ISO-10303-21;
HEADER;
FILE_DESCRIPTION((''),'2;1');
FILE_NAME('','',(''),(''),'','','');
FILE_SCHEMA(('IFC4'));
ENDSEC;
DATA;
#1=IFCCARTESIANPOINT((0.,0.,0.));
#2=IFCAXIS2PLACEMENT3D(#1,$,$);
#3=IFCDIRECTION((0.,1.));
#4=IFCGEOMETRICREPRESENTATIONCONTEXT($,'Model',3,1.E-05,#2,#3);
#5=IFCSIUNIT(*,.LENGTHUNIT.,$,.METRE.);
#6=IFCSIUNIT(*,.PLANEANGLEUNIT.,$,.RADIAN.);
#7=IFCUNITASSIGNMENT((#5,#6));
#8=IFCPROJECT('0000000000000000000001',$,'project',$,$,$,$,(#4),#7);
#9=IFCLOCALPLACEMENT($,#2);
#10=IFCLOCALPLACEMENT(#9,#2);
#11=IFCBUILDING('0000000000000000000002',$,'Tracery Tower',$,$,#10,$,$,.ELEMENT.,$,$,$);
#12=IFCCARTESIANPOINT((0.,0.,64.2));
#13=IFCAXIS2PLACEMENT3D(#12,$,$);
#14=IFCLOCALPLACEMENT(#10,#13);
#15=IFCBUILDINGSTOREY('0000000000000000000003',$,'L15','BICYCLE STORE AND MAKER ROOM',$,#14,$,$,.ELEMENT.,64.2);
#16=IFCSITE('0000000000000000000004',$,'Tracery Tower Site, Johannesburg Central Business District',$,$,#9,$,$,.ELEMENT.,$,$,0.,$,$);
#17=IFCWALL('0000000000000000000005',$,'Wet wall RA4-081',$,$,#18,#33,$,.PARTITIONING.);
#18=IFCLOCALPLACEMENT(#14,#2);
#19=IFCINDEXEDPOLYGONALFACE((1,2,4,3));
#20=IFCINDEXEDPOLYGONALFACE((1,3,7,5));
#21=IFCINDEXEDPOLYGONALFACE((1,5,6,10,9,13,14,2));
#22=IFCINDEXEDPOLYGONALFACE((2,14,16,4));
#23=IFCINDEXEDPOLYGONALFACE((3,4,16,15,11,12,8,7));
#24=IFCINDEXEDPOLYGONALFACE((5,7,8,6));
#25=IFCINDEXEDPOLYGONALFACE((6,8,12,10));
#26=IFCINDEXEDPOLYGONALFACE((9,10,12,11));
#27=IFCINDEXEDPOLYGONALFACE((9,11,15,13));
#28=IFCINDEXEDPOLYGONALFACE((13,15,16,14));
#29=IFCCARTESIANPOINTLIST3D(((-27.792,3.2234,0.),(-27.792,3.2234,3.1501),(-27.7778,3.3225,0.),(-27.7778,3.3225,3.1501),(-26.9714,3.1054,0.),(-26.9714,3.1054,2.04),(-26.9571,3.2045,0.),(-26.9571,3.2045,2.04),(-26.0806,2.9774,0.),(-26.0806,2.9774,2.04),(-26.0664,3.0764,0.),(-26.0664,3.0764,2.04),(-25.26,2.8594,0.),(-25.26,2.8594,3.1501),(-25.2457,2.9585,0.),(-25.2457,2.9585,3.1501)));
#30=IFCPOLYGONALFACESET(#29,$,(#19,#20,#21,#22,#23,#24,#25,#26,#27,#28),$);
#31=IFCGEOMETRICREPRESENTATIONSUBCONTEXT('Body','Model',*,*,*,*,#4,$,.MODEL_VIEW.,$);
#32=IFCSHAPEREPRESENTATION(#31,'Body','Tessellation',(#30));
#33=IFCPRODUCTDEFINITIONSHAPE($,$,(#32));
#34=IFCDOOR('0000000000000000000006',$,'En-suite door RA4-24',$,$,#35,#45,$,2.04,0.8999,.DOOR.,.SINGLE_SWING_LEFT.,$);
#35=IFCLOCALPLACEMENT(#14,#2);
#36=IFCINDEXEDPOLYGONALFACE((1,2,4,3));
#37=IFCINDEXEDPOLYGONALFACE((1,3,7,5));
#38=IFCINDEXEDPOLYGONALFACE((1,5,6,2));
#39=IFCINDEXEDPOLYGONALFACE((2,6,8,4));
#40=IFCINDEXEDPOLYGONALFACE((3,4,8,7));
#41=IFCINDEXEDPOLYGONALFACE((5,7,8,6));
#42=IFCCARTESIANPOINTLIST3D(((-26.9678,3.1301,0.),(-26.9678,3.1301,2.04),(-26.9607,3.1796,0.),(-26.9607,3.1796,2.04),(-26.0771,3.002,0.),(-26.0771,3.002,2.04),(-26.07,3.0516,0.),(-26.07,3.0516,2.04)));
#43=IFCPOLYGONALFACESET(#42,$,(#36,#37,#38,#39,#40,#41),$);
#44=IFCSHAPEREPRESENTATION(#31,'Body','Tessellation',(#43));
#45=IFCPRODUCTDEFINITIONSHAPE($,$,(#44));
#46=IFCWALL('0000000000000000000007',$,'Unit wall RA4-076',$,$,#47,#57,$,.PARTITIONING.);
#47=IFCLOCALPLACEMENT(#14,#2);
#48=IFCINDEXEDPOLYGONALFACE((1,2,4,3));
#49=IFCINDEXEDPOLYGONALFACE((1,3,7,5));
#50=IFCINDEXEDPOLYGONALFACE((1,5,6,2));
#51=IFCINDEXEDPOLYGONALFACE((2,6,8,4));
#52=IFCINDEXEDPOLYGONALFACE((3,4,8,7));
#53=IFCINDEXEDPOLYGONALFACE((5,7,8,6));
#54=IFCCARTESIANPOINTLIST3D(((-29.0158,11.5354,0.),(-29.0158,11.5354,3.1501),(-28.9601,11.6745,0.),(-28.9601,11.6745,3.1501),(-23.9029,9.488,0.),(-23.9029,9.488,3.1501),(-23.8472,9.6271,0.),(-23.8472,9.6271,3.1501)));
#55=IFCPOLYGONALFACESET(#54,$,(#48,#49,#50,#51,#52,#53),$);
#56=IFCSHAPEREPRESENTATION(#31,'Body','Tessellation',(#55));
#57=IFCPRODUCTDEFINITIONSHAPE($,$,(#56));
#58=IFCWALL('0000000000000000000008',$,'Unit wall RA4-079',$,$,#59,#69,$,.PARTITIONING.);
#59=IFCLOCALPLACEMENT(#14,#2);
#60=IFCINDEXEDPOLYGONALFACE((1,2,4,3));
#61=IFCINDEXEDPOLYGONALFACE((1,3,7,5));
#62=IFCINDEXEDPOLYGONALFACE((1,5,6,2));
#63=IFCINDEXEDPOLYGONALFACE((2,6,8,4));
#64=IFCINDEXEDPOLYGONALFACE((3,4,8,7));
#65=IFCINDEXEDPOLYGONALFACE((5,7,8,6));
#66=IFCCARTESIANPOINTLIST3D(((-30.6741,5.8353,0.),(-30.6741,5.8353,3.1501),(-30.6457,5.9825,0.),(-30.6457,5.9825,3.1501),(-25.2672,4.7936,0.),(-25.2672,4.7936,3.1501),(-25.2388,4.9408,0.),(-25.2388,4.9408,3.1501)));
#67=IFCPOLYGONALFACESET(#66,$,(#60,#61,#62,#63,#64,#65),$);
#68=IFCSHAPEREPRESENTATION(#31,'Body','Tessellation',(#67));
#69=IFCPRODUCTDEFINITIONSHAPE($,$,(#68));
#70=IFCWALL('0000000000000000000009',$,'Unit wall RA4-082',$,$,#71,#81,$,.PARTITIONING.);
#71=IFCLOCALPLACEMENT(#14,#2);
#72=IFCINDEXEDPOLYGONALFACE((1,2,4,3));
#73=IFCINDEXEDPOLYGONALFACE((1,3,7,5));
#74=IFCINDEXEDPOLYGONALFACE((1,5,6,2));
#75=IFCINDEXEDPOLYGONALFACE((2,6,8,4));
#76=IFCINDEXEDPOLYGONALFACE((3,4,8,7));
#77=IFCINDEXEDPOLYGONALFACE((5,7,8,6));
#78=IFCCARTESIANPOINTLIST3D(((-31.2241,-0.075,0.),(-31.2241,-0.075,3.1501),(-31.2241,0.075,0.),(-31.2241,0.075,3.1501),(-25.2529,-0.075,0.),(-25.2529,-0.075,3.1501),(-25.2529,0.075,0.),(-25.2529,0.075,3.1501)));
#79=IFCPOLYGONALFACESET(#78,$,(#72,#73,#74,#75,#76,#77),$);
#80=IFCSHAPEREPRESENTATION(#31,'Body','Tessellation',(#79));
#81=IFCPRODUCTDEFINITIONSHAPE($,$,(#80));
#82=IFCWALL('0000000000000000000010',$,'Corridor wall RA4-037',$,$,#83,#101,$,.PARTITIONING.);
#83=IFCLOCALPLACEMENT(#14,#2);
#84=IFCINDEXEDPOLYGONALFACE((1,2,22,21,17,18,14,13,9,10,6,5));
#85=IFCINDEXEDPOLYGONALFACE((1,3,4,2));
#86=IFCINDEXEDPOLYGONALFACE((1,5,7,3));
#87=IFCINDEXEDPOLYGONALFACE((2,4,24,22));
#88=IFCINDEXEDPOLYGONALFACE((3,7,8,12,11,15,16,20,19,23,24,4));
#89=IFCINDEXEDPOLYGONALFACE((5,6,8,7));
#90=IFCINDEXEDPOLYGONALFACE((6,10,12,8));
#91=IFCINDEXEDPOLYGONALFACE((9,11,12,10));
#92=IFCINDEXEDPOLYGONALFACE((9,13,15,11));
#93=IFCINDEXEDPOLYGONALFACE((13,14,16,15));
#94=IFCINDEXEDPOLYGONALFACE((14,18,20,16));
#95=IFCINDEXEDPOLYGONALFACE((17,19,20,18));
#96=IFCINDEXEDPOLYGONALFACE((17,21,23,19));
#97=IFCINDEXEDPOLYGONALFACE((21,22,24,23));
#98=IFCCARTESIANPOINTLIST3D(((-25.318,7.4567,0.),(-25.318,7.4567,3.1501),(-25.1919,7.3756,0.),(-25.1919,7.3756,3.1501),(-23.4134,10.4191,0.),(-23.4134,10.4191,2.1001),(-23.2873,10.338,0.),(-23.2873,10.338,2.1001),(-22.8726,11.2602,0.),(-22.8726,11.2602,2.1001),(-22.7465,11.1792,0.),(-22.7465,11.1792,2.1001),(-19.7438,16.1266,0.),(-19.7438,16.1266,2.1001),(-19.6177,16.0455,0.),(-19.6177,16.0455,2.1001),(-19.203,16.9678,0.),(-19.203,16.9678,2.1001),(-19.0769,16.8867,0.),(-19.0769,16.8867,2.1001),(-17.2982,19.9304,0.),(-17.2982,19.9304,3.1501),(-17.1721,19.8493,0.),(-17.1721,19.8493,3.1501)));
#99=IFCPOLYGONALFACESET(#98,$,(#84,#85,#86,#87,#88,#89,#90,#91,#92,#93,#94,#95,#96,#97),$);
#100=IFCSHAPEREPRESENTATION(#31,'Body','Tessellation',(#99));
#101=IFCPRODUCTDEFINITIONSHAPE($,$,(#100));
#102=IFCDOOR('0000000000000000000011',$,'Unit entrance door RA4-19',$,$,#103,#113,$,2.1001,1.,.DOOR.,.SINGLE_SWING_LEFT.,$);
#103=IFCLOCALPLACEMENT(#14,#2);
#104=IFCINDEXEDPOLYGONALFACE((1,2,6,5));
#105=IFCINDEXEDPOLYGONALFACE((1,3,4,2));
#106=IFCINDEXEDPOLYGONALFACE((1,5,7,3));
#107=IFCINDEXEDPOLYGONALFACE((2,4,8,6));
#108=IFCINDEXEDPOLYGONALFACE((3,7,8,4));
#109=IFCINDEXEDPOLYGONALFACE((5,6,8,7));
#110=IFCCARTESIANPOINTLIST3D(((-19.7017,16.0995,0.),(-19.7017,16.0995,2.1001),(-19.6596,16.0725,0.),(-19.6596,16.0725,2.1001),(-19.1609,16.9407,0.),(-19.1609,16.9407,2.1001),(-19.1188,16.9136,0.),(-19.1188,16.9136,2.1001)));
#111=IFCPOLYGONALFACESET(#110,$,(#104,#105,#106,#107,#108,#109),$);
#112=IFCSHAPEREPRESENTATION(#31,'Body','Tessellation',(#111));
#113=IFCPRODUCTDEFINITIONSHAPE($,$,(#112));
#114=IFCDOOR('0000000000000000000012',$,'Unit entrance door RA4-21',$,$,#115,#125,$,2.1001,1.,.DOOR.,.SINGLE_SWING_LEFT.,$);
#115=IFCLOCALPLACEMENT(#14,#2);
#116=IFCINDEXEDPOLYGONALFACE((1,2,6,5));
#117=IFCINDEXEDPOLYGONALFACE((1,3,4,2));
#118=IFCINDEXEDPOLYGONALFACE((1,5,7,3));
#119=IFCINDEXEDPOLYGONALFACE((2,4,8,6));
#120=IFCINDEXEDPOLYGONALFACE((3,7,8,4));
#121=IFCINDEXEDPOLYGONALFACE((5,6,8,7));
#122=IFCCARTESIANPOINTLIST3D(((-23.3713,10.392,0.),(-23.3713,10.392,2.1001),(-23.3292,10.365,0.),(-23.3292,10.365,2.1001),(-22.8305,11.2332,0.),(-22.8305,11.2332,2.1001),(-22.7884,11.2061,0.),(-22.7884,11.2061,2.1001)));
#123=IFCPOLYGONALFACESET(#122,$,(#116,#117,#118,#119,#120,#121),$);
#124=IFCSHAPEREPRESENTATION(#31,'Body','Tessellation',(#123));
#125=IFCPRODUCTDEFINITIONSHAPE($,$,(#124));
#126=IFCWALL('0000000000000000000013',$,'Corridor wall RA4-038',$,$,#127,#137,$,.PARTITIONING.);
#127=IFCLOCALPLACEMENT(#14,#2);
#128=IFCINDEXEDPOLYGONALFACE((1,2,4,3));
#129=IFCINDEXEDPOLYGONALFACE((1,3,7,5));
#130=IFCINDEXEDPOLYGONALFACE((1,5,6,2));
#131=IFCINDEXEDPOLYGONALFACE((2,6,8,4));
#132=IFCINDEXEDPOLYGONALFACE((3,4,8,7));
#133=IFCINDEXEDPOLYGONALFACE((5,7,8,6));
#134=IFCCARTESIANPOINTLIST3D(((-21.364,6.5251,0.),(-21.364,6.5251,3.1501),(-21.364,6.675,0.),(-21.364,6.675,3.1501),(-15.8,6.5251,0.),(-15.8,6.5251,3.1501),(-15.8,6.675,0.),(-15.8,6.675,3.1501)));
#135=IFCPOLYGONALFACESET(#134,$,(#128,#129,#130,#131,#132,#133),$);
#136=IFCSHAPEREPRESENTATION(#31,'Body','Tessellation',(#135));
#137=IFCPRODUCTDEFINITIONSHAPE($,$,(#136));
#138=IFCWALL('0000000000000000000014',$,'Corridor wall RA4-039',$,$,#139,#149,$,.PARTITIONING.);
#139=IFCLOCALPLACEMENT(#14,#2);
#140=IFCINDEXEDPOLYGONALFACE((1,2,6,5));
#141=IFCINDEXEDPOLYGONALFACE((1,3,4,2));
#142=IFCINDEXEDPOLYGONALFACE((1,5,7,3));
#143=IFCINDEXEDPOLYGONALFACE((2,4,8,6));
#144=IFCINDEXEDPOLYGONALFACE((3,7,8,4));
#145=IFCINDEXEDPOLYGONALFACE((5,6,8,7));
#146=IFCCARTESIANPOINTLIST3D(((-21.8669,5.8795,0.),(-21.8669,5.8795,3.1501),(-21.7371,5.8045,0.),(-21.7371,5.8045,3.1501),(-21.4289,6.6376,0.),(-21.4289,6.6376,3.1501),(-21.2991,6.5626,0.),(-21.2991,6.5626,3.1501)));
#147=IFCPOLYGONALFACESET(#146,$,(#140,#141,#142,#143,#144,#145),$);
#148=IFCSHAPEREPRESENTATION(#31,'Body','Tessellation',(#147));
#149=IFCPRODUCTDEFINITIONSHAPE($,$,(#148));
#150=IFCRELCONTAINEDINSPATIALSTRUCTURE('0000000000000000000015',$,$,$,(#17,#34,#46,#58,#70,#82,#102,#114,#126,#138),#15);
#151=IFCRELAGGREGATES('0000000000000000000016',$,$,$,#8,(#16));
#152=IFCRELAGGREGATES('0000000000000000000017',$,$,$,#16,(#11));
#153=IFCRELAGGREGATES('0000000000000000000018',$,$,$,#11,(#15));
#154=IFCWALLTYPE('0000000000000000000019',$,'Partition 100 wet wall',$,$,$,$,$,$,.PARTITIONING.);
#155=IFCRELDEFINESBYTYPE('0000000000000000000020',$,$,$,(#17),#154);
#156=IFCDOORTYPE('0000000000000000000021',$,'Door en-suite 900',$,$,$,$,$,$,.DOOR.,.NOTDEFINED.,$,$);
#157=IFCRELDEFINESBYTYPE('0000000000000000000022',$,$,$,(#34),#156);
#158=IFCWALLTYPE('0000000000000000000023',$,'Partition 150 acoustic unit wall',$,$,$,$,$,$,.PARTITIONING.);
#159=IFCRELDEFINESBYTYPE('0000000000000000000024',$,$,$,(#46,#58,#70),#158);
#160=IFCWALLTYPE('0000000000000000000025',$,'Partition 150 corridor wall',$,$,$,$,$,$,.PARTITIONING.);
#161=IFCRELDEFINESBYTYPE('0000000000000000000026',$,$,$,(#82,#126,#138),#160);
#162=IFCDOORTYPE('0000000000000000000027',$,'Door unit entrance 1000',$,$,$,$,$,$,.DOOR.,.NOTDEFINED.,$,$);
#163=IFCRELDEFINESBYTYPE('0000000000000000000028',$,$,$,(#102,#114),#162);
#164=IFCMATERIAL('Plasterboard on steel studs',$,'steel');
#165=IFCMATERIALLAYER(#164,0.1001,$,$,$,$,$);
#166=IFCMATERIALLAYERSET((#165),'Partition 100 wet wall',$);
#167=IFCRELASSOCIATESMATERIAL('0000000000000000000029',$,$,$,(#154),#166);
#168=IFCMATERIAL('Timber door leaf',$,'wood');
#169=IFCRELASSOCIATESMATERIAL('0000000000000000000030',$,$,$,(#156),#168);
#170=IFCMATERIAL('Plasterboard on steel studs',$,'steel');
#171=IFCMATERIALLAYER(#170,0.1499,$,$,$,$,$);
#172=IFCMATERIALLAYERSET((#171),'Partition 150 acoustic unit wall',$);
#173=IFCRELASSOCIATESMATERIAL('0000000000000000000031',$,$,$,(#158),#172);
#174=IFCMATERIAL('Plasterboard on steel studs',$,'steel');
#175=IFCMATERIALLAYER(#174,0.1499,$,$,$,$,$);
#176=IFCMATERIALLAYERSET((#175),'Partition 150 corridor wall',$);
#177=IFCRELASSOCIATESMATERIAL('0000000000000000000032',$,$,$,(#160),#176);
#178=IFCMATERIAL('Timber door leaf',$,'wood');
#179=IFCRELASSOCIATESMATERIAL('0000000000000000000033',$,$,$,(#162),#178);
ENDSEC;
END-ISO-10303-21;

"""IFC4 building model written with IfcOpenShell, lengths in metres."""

from ifc_helpers import new_model, si_unit, direction, frame, frame_2d, origin, place, context, subcontext, project, spatial, rectangle, extrude, material, layer, layer_set, type_object, element, fill, save


model = new_model("IFC4")

# Units and contexts
model_context = context("Model", 3, precision=1e-05, world=origin(), true_north=direction((0.0, 1.0)))
body_context = subcontext(model_context, "Body", "Model", "MODEL_VIEW")
ifc_project = project(units=[si_unit("LENGTHUNIT", "METRE"), si_unit("PLANEANGLEUNIT", "RADIAN")], contexts=[model_context])

# Site, building, storey
site_placement = place(None, origin())
site = spatial("IfcSite", under=ifc_project, at=site_placement, Name="Tracery Tower Site, Johannesburg Central Business District", CompositionType="ELEMENT", RefElevation=0.0)
building_placement = place(site_placement, origin())
building = spatial("IfcBuilding", under=site, at=building_placement, Name="Tracery Tower", CompositionType="ELEMENT")
storey_placement = place(building_placement, frame((0.0, 0.0, 64.2)))
storey = spatial("IfcBuildingStorey", under=building, at=storey_placement, Name="L15", Description="BICYCLE STORE AND MAKER ROOM", CompositionType="ELEMENT", Elevation=64.2)

# Shared definitions
ifc_material_1 = material(Name="Plasterboard on steel studs", Category="steel")
ifc_layer_1 = layer(ifc_material_1, 0.1001)
ifc_layer_set_1 = layer_set([ifc_layer_1], Name="Partition 100 wet wall")
wall_type_1 = type_object("IfcWallType", Name="Partition 100 wet wall", PredefinedType="PARTITIONING", material=ifc_layer_set_1)

# Shared definitions
ifc_material_2 = material(Name="Timber door leaf", Category="wood")
door_type_1 = type_object("IfcDoorType", Name="Door en-suite 900", OperationType="NOTDEFINED", PredefinedType="DOOR", material=ifc_material_2)

# Wall, opening, door
wall_1_placement = place(storey_placement, frame((-27.7849, 3.2729, 0.0), z_axis=(0.0, 0.0, 1.0), x_axis=(0.989823, -0.142303, 0.0)))
wall_1 = element("IfcWall", 1, at=wall_1_placement, inside=storey, type_object=wall_type_1, Name="Wet wall RA4-081", PredefinedType="PARTITIONING", context=body_context, shape_type="SweptSolid", body=[
    extrude(rectangle(XDim=2.5581, YDim=0.1001, at=frame_2d((1.2791, 0.0))), origin(), (0.0, 0.0, 1.0), 3.1501),
])
opening_1_placement = place(wall_1_placement, frame((0.8291, 0.0, 0.0)))
opening_1 = element("IfcOpeningElement", 2, at=opening_1_placement, cuts=wall_1, PredefinedType="OPENING", context=body_context, shape_type="SweptSolid", body=[
    extrude(rectangle(XDim=0.8999, YDim=2.04, at=frame_2d((0.45, 1.02))), frame((0.0, 0.05, 0.0), z_axis=(0.0, -1.0, 0.0), x_axis=(1.0, 0.0, 0.0)), (0.0, 0.0, 1.0), 0.1001),
])
door_1_placement = place(opening_1_placement, origin())
door_1 = element("IfcDoor", 3, at=door_1_placement, inside=storey, type_object=door_type_1, Name="En-suite door RA4-24", OperationType="SINGLE_SWING_LEFT", OverallHeight=2.04, OverallWidth=0.8999, PredefinedType="DOOR", context=body_context, shape_type="SweptSolid", body=[
    extrude(rectangle(XDim=0.8999, YDim=2.04, at=frame_2d((0.45, 1.02))), frame((0.0, 0.0249, 0.0), z_axis=(0.0, -1.0, 0.0), x_axis=(1.0, 0.0, 0.0)), (0.0, 0.0, 1.0), 0.05),
])
fill(opening_1, door_1)

# Walls
ifc_material_3 = material(Name="Plasterboard on steel studs", Category="steel")
ifc_layer_2 = layer(ifc_material_3, 0.1499)
ifc_layer_set_2 = layer_set([ifc_layer_2], Name="Partition 150 acoustic unit wall")
wall_type_2 = type_object("IfcWallType", Name="Partition 150 acoustic unit wall", PredefinedType="PARTITIONING", material=ifc_layer_set_2)
wall_2_placement = place(storey_placement, frame((-28.988, 11.605, 0.0), z_axis=(0.0, 0.0, 1.0), x_axis=(0.928336, -0.371742, 0.0)))
element("IfcWall", 4, at=wall_2_placement, inside=storey, type_object=wall_type_2, Name="Unit wall RA4-076", PredefinedType="PARTITIONING", context=body_context, shape_type="SweptSolid", body=[
    extrude(rectangle(XDim=5.5076, YDim=0.1499, at=frame_2d((2.7539, 0.0))), origin(), (0.0, 0.0, 1.0), 3.1501),
])
wall_3_placement = place(storey_placement, frame((-30.6599, 5.9089, 0.0), z_axis=(0.0, 0.0, 1.0), x_axis=(0.981941, -0.189188, 0.0)))
element("IfcWall", 5, at=wall_3_placement, inside=storey, type_object=wall_type_2, Name="Unit wall RA4-079", PredefinedType="PARTITIONING", context=body_context, shape_type="SweptSolid", body=[
    extrude(rectangle(XDim=5.5063, YDim=0.1499, at=frame_2d((2.7532, 0.0))), origin(), (0.0, 0.0, 1.0), 3.1501),
])
wall_4_placement = place(storey_placement, frame((-31.2241, 0.0, 0.0), z_axis=(0.0, 0.0, 1.0), x_axis=(1.0, 0.0, 0.0)))
element("IfcWall", 6, at=wall_4_placement, inside=storey, type_object=wall_type_2, Name="Unit wall RA4-082", PredefinedType="PARTITIONING", context=body_context, shape_type="SweptSolid", body=[
    extrude(rectangle(XDim=5.9712, YDim=0.1499, at=frame_2d((2.9856, 0.0))), origin(), (0.0, 0.0, 1.0), 3.1501),
])

# Wall, openings, doors
ifc_material_4 = material(Name="Plasterboard on steel studs", Category="steel")
ifc_layer_3 = layer(ifc_material_4, 0.1499)
ifc_layer_set_3 = layer_set([ifc_layer_3], Name="Partition 150 corridor wall")
wall_type_3 = type_object("IfcWallType", Name="Partition 150 corridor wall", PredefinedType="PARTITIONING", material=ifc_layer_set_3)
wall_5_placement = place(storey_placement, frame((-25.2549, 7.4163, 0.0), z_axis=(0.0, 0.0, 1.0), x_axis=(0.540806, 0.841147, 0.0)))
wall_5 = element("IfcWall", 7, at=wall_5_placement, inside=storey, type_object=wall_type_3, Name="Corridor wall RA4-037", PredefinedType="PARTITIONING", context=body_context, shape_type="SweptSolid", body=[
    extrude(rectangle(XDim=14.8293, YDim=0.1499, at=frame_2d((7.4146, 0.0))), origin(), (0.0, 0.0, 1.0), 3.1501),
])
opening_2_placement = place(wall_5_placement, frame((10.3071, 0.0, 0.0)))
opening_2 = element("IfcOpeningElement", 8, at=opening_2_placement, cuts=wall_5, PredefinedType="OPENING", context=body_context, shape_type="SweptSolid", body=[
    extrude(rectangle(XDim=1.0, YDim=2.1001, at=frame_2d((0.5, 1.05))), frame((0.0, 0.075, 0.0), z_axis=(0.0, -1.0, 0.0), x_axis=(1.0, 0.0, 0.0)), (0.0, 0.0, 1.0), 0.1499),
])
opening_3_placement = place(wall_5_placement, frame((3.5217, 0.0, 0.0)))
opening_3 = element("IfcOpeningElement", 9, at=opening_3_placement, cuts=wall_5, PredefinedType="OPENING", context=body_context, shape_type="SweptSolid", body=[
    extrude(rectangle(XDim=1.0, YDim=2.1001, at=frame_2d((0.5, 1.05))), frame((0.0, 0.075, 0.0), z_axis=(0.0, -1.0, 0.0), x_axis=(1.0, 0.0, 0.0)), (0.0, 0.0, 1.0), 0.1499),
])
ifc_material_5 = material(Name="Timber door leaf", Category="wood")
door_type_2 = type_object("IfcDoorType", Name="Door unit entrance 1000", OperationType="NOTDEFINED", PredefinedType="DOOR", material=ifc_material_5)
door_2_placement = place(opening_2_placement, origin())
door_2 = element("IfcDoor", 10, at=door_2_placement, inside=storey, type_object=door_type_2, Name="Unit entrance door RA4-19", OperationType="SINGLE_SWING_LEFT", OverallHeight=2.1001, OverallWidth=1.0, PredefinedType="DOOR", context=body_context, shape_type="SweptSolid", body=[
    extrude(rectangle(XDim=1.0, YDim=2.1001, at=frame_2d((0.5, 1.05))), frame((0.0, 0.0249, 0.0), z_axis=(0.0, -1.0, 0.0), x_axis=(1.0, 0.0, 0.0)), (0.0, 0.0, 1.0), 0.05),
])
fill(opening_2, door_2)
door_3_placement = place(opening_3_placement, origin())
door_3 = element("IfcDoor", 11, at=door_3_placement, inside=storey, type_object=door_type_2, Name="Unit entrance door RA4-21", OperationType="SINGLE_SWING_LEFT", OverallHeight=2.1001, OverallWidth=1.0, PredefinedType="DOOR", context=body_context, shape_type="SweptSolid", body=[
    extrude(rectangle(XDim=1.0, YDim=2.1001, at=frame_2d((0.5, 1.05))), frame((0.0, 0.0249, 0.0), z_axis=(0.0, -1.0, 0.0), x_axis=(1.0, 0.0, 0.0)), (0.0, 0.0, 1.0), 0.05),
])
fill(opening_3, door_3)

# Walls
wall_6_placement = place(storey_placement, frame((-21.364, 6.6001, 0.0), z_axis=(0.0, 0.0, 1.0), x_axis=(1.0, 0.0, 0.0)))
element("IfcWall", 12, at=wall_6_placement, inside=storey, type_object=wall_type_3, Name="Corridor wall RA4-038", PredefinedType="PARTITIONING", context=body_context, shape_type="SweptSolid", body=[
    extrude(rectangle(XDim=5.564, YDim=0.1499, at=frame_2d((2.782, 0.0))), origin(), (0.0, 0.0, 1.0), 3.1501),
])
wall_7_placement = place(storey_placement, frame((-21.802, 5.842, 0.0), z_axis=(0.0, 0.0, 1.0), x_axis=(0.500278, 0.865865, 0.0)))
element("IfcWall", 13, at=wall_7_placement, inside=storey, type_object=wall_type_3, Name="Corridor wall RA4-039", PredefinedType="PARTITIONING", context=body_context, shape_type="SweptSolid", body=[
    extrude(rectangle(XDim=0.8755, YDim=0.1499, at=frame_2d((0.4377, 0.0))), origin(), (0.0, 0.0, 1.0), 3.1501),
])

save(model, "model.ifc")
